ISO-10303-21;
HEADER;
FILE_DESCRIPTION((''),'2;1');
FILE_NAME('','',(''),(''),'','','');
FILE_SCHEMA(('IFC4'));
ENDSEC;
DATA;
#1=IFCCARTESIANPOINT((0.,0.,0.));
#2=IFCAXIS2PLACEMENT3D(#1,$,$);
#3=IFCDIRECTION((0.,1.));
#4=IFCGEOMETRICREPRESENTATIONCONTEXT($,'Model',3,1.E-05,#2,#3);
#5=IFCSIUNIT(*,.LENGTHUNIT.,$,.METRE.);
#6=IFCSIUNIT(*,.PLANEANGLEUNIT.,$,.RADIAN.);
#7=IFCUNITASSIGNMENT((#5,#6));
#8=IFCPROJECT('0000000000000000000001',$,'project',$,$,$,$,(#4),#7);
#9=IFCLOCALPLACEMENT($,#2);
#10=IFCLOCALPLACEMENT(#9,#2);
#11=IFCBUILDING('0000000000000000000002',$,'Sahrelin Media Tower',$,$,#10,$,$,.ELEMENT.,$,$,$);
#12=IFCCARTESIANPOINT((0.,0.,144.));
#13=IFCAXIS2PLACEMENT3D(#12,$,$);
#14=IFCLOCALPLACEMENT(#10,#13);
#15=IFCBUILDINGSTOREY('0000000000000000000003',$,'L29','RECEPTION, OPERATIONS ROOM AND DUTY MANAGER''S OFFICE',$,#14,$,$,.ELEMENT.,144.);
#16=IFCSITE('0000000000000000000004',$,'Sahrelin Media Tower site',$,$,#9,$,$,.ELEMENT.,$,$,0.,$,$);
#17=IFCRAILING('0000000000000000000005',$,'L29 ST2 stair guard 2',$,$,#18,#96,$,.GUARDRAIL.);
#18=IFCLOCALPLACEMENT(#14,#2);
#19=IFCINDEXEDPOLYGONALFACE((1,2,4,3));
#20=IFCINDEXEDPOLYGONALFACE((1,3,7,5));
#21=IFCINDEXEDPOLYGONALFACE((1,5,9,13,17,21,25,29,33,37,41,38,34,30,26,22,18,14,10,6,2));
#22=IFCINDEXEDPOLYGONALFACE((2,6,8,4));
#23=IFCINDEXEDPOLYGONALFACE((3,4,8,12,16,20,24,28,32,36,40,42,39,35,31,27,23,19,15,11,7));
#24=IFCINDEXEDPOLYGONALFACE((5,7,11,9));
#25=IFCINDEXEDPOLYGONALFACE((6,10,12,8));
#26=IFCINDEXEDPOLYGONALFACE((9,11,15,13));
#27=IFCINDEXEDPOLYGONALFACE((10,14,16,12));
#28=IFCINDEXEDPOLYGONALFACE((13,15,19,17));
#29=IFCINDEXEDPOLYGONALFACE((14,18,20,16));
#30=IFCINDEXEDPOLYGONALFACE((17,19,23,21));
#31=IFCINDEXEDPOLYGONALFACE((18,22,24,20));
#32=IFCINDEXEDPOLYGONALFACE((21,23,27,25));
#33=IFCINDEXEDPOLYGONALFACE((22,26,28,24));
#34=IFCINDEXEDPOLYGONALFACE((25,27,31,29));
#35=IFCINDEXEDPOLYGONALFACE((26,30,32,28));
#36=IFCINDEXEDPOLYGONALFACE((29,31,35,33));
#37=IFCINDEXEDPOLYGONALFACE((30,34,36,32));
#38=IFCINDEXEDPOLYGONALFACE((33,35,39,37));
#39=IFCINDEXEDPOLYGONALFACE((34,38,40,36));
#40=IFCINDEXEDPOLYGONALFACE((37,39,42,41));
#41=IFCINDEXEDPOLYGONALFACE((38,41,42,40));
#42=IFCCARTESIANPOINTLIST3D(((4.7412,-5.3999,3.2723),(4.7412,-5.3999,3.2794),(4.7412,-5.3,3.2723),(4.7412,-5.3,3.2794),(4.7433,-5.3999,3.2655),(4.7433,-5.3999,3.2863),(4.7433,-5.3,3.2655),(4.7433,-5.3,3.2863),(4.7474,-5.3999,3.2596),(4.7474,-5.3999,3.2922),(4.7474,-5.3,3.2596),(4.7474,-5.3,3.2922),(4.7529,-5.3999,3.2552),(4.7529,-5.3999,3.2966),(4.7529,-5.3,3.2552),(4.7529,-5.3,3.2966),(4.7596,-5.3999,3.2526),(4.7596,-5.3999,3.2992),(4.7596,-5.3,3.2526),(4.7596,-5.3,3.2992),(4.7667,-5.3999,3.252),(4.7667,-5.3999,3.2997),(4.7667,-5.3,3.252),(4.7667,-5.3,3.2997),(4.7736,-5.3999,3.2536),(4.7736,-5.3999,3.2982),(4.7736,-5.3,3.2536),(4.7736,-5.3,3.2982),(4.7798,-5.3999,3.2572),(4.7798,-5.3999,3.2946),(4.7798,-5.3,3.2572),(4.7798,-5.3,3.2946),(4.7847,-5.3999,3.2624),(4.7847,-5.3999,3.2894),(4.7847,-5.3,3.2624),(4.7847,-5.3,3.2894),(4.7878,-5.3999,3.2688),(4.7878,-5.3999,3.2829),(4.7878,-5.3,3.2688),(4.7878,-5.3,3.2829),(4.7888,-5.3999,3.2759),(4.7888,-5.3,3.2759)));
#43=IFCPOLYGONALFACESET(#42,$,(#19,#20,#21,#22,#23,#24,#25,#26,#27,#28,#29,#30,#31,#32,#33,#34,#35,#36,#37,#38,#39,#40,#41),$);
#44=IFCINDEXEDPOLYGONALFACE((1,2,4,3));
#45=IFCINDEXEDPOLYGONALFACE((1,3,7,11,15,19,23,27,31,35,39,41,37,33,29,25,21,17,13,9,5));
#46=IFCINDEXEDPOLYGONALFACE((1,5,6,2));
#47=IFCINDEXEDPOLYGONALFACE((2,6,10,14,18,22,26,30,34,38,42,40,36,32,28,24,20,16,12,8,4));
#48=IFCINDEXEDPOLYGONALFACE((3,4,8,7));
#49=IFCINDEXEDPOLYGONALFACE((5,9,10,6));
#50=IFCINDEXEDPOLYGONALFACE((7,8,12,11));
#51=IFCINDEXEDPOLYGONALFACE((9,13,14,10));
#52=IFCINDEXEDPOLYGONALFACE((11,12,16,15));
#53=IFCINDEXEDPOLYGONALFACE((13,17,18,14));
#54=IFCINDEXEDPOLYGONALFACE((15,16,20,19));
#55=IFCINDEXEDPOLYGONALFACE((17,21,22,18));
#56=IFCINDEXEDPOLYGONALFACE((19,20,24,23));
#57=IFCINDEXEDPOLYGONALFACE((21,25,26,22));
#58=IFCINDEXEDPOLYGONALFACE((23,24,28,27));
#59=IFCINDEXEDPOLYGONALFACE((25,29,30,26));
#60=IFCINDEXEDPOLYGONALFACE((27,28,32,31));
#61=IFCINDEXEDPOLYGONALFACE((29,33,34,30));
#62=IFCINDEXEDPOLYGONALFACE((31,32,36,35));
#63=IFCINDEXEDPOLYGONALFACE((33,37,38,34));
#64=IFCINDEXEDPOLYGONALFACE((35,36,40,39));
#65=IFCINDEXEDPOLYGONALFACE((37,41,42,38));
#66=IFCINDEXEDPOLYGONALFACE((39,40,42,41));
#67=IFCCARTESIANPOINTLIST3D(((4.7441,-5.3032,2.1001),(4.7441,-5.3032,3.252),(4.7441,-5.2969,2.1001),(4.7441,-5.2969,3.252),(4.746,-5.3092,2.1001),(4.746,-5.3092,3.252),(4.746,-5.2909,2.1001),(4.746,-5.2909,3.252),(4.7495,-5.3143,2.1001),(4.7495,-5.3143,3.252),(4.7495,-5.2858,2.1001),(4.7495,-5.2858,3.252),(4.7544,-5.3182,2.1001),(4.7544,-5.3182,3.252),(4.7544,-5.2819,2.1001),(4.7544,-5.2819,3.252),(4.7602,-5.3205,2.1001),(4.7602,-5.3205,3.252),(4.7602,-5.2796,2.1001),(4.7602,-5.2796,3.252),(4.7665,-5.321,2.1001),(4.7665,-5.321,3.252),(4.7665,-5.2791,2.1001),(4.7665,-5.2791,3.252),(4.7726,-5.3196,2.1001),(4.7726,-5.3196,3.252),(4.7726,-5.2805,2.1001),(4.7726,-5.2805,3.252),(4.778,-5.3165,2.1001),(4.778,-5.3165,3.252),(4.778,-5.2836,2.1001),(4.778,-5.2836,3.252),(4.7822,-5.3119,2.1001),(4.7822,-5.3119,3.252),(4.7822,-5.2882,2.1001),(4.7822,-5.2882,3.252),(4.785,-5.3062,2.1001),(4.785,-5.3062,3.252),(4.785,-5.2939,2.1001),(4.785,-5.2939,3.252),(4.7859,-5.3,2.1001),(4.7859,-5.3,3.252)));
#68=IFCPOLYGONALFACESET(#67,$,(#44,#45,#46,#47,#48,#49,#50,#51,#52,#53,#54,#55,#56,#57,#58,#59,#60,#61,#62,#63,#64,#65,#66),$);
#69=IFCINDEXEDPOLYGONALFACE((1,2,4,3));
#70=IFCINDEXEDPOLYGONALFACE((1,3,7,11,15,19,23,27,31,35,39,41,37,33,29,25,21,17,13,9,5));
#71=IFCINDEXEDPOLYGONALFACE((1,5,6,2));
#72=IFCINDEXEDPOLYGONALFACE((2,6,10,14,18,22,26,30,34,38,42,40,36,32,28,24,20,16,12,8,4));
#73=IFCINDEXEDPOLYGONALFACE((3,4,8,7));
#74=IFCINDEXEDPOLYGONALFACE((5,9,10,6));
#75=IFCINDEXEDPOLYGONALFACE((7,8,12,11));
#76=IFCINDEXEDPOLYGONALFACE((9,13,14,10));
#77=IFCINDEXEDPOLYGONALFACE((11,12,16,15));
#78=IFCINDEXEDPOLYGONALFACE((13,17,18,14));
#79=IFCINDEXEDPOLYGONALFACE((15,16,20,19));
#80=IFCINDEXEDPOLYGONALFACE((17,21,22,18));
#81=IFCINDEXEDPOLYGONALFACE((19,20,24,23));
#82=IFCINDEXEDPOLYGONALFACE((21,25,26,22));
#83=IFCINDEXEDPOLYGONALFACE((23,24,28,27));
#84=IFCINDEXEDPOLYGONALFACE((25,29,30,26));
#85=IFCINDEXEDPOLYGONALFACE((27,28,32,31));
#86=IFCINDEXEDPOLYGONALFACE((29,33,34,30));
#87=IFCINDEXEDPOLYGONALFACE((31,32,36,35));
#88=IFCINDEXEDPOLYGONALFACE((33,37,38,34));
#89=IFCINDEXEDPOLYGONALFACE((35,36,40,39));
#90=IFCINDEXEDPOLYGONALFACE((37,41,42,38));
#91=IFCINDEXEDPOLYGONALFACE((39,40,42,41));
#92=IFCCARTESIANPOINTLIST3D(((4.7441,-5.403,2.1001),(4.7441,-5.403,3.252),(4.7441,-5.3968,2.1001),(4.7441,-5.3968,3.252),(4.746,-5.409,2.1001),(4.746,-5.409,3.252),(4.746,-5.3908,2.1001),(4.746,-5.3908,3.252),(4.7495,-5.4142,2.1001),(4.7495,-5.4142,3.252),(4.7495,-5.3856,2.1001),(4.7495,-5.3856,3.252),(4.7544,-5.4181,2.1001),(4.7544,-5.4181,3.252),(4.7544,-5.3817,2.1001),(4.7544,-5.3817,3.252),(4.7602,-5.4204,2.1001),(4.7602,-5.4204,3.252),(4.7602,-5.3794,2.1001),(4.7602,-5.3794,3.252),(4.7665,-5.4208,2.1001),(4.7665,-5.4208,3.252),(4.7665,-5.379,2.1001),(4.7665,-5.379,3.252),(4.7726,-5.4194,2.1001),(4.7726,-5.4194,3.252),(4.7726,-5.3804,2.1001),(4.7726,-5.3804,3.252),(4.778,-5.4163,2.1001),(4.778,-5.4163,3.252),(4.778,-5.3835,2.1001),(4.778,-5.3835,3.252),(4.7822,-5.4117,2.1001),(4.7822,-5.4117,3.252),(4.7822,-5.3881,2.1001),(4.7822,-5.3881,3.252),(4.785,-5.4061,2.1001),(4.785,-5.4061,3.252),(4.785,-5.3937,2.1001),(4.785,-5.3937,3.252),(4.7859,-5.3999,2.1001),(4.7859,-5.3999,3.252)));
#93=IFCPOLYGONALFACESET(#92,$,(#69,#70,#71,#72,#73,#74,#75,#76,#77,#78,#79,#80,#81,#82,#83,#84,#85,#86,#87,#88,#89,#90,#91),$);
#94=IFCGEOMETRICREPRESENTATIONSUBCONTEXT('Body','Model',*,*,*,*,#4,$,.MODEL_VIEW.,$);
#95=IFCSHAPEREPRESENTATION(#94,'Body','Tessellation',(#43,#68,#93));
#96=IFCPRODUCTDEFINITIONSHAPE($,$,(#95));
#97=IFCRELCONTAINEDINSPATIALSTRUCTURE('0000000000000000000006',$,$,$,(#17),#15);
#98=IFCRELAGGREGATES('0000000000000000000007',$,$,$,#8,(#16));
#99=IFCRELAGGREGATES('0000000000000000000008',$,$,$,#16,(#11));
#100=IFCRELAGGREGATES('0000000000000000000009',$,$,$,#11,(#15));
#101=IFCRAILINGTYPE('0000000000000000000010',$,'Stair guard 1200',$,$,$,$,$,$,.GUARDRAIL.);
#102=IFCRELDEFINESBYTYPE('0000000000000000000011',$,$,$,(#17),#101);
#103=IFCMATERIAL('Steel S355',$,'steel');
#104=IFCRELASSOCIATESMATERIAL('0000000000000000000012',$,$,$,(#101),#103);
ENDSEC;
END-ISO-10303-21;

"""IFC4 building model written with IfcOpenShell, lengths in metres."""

from ifc_helpers import new_model, si_unit, direction, frame, origin, origin_2d, place, context, subcontext, project, spatial, circle, extrude, material, type_object, element, save


model = new_model("IFC4")

# Units and contexts
model_context = context("Model", 3, precision=1e-05, world=origin(), true_north=direction((0.0, 1.0)))
body_context = subcontext(model_context, "Body", "Model", "MODEL_VIEW")
ifc_project = project(units=[si_unit("LENGTHUNIT", "METRE"), si_unit("PLANEANGLEUNIT", "RADIAN")], contexts=[model_context])

# Site, building, storey
site_placement = place(None, origin())
site = spatial("IfcSite", under=ifc_project, at=site_placement, Name="Sahrelin Media Tower site", CompositionType="ELEMENT", RefElevation=0.0)
building_placement = place(site_placement, origin())
building = spatial("IfcBuilding", under=site, at=building_placement, Name="Sahrelin Media Tower", CompositionType="ELEMENT")
storey_placement = place(building_placement, frame((0.0, 0.0, 144.0)))
storey = spatial("IfcBuildingStorey", under=building, at=storey_placement, Name="L29", Description="RECEPTION, OPERATIONS ROOM AND DUTY MANAGER'S OFFICE", CompositionType="ELEMENT", Elevation=144.0)

# Shared definitions
ifc_material_1 = material(Name="Steel S355", Category="steel")

# Railing
railing_type_1 = type_object("IfcRailingType", Name="Stair guard 1200", PredefinedType="GUARDRAIL", material=ifc_material_1)
railing_1_placement = place(storey_placement, frame((4.7649, -5.3, 2.1001)))
element("IfcRailing", 1, at=railing_1_placement, inside=storey, type_object=railing_type_1, Name="L29 ST2 stair guard 2", PredefinedType="GUARDRAIL", context=body_context, shape_type="SweptSolid", body=[
    extrude(circle(Radius=0.0239, at=origin_2d()), frame((0.0, 0.0, 1.1758), z_axis=(0.0, -1.0, 0.0), x_axis=(1.0, 0.0, 0.0)), (0.0, 0.0, 1.0), 0.0999),
    extrude(circle(Radius=0.021, at=origin_2d()), origin(), (0.0, 0.0, 1.0), 1.1519),
    extrude(circle(Radius=0.021, at=origin_2d()), frame((0.0, -0.0999, 0.0)), (0.0, 0.0, 1.0), 1.1519),
])

save(model, "model.ifc")
